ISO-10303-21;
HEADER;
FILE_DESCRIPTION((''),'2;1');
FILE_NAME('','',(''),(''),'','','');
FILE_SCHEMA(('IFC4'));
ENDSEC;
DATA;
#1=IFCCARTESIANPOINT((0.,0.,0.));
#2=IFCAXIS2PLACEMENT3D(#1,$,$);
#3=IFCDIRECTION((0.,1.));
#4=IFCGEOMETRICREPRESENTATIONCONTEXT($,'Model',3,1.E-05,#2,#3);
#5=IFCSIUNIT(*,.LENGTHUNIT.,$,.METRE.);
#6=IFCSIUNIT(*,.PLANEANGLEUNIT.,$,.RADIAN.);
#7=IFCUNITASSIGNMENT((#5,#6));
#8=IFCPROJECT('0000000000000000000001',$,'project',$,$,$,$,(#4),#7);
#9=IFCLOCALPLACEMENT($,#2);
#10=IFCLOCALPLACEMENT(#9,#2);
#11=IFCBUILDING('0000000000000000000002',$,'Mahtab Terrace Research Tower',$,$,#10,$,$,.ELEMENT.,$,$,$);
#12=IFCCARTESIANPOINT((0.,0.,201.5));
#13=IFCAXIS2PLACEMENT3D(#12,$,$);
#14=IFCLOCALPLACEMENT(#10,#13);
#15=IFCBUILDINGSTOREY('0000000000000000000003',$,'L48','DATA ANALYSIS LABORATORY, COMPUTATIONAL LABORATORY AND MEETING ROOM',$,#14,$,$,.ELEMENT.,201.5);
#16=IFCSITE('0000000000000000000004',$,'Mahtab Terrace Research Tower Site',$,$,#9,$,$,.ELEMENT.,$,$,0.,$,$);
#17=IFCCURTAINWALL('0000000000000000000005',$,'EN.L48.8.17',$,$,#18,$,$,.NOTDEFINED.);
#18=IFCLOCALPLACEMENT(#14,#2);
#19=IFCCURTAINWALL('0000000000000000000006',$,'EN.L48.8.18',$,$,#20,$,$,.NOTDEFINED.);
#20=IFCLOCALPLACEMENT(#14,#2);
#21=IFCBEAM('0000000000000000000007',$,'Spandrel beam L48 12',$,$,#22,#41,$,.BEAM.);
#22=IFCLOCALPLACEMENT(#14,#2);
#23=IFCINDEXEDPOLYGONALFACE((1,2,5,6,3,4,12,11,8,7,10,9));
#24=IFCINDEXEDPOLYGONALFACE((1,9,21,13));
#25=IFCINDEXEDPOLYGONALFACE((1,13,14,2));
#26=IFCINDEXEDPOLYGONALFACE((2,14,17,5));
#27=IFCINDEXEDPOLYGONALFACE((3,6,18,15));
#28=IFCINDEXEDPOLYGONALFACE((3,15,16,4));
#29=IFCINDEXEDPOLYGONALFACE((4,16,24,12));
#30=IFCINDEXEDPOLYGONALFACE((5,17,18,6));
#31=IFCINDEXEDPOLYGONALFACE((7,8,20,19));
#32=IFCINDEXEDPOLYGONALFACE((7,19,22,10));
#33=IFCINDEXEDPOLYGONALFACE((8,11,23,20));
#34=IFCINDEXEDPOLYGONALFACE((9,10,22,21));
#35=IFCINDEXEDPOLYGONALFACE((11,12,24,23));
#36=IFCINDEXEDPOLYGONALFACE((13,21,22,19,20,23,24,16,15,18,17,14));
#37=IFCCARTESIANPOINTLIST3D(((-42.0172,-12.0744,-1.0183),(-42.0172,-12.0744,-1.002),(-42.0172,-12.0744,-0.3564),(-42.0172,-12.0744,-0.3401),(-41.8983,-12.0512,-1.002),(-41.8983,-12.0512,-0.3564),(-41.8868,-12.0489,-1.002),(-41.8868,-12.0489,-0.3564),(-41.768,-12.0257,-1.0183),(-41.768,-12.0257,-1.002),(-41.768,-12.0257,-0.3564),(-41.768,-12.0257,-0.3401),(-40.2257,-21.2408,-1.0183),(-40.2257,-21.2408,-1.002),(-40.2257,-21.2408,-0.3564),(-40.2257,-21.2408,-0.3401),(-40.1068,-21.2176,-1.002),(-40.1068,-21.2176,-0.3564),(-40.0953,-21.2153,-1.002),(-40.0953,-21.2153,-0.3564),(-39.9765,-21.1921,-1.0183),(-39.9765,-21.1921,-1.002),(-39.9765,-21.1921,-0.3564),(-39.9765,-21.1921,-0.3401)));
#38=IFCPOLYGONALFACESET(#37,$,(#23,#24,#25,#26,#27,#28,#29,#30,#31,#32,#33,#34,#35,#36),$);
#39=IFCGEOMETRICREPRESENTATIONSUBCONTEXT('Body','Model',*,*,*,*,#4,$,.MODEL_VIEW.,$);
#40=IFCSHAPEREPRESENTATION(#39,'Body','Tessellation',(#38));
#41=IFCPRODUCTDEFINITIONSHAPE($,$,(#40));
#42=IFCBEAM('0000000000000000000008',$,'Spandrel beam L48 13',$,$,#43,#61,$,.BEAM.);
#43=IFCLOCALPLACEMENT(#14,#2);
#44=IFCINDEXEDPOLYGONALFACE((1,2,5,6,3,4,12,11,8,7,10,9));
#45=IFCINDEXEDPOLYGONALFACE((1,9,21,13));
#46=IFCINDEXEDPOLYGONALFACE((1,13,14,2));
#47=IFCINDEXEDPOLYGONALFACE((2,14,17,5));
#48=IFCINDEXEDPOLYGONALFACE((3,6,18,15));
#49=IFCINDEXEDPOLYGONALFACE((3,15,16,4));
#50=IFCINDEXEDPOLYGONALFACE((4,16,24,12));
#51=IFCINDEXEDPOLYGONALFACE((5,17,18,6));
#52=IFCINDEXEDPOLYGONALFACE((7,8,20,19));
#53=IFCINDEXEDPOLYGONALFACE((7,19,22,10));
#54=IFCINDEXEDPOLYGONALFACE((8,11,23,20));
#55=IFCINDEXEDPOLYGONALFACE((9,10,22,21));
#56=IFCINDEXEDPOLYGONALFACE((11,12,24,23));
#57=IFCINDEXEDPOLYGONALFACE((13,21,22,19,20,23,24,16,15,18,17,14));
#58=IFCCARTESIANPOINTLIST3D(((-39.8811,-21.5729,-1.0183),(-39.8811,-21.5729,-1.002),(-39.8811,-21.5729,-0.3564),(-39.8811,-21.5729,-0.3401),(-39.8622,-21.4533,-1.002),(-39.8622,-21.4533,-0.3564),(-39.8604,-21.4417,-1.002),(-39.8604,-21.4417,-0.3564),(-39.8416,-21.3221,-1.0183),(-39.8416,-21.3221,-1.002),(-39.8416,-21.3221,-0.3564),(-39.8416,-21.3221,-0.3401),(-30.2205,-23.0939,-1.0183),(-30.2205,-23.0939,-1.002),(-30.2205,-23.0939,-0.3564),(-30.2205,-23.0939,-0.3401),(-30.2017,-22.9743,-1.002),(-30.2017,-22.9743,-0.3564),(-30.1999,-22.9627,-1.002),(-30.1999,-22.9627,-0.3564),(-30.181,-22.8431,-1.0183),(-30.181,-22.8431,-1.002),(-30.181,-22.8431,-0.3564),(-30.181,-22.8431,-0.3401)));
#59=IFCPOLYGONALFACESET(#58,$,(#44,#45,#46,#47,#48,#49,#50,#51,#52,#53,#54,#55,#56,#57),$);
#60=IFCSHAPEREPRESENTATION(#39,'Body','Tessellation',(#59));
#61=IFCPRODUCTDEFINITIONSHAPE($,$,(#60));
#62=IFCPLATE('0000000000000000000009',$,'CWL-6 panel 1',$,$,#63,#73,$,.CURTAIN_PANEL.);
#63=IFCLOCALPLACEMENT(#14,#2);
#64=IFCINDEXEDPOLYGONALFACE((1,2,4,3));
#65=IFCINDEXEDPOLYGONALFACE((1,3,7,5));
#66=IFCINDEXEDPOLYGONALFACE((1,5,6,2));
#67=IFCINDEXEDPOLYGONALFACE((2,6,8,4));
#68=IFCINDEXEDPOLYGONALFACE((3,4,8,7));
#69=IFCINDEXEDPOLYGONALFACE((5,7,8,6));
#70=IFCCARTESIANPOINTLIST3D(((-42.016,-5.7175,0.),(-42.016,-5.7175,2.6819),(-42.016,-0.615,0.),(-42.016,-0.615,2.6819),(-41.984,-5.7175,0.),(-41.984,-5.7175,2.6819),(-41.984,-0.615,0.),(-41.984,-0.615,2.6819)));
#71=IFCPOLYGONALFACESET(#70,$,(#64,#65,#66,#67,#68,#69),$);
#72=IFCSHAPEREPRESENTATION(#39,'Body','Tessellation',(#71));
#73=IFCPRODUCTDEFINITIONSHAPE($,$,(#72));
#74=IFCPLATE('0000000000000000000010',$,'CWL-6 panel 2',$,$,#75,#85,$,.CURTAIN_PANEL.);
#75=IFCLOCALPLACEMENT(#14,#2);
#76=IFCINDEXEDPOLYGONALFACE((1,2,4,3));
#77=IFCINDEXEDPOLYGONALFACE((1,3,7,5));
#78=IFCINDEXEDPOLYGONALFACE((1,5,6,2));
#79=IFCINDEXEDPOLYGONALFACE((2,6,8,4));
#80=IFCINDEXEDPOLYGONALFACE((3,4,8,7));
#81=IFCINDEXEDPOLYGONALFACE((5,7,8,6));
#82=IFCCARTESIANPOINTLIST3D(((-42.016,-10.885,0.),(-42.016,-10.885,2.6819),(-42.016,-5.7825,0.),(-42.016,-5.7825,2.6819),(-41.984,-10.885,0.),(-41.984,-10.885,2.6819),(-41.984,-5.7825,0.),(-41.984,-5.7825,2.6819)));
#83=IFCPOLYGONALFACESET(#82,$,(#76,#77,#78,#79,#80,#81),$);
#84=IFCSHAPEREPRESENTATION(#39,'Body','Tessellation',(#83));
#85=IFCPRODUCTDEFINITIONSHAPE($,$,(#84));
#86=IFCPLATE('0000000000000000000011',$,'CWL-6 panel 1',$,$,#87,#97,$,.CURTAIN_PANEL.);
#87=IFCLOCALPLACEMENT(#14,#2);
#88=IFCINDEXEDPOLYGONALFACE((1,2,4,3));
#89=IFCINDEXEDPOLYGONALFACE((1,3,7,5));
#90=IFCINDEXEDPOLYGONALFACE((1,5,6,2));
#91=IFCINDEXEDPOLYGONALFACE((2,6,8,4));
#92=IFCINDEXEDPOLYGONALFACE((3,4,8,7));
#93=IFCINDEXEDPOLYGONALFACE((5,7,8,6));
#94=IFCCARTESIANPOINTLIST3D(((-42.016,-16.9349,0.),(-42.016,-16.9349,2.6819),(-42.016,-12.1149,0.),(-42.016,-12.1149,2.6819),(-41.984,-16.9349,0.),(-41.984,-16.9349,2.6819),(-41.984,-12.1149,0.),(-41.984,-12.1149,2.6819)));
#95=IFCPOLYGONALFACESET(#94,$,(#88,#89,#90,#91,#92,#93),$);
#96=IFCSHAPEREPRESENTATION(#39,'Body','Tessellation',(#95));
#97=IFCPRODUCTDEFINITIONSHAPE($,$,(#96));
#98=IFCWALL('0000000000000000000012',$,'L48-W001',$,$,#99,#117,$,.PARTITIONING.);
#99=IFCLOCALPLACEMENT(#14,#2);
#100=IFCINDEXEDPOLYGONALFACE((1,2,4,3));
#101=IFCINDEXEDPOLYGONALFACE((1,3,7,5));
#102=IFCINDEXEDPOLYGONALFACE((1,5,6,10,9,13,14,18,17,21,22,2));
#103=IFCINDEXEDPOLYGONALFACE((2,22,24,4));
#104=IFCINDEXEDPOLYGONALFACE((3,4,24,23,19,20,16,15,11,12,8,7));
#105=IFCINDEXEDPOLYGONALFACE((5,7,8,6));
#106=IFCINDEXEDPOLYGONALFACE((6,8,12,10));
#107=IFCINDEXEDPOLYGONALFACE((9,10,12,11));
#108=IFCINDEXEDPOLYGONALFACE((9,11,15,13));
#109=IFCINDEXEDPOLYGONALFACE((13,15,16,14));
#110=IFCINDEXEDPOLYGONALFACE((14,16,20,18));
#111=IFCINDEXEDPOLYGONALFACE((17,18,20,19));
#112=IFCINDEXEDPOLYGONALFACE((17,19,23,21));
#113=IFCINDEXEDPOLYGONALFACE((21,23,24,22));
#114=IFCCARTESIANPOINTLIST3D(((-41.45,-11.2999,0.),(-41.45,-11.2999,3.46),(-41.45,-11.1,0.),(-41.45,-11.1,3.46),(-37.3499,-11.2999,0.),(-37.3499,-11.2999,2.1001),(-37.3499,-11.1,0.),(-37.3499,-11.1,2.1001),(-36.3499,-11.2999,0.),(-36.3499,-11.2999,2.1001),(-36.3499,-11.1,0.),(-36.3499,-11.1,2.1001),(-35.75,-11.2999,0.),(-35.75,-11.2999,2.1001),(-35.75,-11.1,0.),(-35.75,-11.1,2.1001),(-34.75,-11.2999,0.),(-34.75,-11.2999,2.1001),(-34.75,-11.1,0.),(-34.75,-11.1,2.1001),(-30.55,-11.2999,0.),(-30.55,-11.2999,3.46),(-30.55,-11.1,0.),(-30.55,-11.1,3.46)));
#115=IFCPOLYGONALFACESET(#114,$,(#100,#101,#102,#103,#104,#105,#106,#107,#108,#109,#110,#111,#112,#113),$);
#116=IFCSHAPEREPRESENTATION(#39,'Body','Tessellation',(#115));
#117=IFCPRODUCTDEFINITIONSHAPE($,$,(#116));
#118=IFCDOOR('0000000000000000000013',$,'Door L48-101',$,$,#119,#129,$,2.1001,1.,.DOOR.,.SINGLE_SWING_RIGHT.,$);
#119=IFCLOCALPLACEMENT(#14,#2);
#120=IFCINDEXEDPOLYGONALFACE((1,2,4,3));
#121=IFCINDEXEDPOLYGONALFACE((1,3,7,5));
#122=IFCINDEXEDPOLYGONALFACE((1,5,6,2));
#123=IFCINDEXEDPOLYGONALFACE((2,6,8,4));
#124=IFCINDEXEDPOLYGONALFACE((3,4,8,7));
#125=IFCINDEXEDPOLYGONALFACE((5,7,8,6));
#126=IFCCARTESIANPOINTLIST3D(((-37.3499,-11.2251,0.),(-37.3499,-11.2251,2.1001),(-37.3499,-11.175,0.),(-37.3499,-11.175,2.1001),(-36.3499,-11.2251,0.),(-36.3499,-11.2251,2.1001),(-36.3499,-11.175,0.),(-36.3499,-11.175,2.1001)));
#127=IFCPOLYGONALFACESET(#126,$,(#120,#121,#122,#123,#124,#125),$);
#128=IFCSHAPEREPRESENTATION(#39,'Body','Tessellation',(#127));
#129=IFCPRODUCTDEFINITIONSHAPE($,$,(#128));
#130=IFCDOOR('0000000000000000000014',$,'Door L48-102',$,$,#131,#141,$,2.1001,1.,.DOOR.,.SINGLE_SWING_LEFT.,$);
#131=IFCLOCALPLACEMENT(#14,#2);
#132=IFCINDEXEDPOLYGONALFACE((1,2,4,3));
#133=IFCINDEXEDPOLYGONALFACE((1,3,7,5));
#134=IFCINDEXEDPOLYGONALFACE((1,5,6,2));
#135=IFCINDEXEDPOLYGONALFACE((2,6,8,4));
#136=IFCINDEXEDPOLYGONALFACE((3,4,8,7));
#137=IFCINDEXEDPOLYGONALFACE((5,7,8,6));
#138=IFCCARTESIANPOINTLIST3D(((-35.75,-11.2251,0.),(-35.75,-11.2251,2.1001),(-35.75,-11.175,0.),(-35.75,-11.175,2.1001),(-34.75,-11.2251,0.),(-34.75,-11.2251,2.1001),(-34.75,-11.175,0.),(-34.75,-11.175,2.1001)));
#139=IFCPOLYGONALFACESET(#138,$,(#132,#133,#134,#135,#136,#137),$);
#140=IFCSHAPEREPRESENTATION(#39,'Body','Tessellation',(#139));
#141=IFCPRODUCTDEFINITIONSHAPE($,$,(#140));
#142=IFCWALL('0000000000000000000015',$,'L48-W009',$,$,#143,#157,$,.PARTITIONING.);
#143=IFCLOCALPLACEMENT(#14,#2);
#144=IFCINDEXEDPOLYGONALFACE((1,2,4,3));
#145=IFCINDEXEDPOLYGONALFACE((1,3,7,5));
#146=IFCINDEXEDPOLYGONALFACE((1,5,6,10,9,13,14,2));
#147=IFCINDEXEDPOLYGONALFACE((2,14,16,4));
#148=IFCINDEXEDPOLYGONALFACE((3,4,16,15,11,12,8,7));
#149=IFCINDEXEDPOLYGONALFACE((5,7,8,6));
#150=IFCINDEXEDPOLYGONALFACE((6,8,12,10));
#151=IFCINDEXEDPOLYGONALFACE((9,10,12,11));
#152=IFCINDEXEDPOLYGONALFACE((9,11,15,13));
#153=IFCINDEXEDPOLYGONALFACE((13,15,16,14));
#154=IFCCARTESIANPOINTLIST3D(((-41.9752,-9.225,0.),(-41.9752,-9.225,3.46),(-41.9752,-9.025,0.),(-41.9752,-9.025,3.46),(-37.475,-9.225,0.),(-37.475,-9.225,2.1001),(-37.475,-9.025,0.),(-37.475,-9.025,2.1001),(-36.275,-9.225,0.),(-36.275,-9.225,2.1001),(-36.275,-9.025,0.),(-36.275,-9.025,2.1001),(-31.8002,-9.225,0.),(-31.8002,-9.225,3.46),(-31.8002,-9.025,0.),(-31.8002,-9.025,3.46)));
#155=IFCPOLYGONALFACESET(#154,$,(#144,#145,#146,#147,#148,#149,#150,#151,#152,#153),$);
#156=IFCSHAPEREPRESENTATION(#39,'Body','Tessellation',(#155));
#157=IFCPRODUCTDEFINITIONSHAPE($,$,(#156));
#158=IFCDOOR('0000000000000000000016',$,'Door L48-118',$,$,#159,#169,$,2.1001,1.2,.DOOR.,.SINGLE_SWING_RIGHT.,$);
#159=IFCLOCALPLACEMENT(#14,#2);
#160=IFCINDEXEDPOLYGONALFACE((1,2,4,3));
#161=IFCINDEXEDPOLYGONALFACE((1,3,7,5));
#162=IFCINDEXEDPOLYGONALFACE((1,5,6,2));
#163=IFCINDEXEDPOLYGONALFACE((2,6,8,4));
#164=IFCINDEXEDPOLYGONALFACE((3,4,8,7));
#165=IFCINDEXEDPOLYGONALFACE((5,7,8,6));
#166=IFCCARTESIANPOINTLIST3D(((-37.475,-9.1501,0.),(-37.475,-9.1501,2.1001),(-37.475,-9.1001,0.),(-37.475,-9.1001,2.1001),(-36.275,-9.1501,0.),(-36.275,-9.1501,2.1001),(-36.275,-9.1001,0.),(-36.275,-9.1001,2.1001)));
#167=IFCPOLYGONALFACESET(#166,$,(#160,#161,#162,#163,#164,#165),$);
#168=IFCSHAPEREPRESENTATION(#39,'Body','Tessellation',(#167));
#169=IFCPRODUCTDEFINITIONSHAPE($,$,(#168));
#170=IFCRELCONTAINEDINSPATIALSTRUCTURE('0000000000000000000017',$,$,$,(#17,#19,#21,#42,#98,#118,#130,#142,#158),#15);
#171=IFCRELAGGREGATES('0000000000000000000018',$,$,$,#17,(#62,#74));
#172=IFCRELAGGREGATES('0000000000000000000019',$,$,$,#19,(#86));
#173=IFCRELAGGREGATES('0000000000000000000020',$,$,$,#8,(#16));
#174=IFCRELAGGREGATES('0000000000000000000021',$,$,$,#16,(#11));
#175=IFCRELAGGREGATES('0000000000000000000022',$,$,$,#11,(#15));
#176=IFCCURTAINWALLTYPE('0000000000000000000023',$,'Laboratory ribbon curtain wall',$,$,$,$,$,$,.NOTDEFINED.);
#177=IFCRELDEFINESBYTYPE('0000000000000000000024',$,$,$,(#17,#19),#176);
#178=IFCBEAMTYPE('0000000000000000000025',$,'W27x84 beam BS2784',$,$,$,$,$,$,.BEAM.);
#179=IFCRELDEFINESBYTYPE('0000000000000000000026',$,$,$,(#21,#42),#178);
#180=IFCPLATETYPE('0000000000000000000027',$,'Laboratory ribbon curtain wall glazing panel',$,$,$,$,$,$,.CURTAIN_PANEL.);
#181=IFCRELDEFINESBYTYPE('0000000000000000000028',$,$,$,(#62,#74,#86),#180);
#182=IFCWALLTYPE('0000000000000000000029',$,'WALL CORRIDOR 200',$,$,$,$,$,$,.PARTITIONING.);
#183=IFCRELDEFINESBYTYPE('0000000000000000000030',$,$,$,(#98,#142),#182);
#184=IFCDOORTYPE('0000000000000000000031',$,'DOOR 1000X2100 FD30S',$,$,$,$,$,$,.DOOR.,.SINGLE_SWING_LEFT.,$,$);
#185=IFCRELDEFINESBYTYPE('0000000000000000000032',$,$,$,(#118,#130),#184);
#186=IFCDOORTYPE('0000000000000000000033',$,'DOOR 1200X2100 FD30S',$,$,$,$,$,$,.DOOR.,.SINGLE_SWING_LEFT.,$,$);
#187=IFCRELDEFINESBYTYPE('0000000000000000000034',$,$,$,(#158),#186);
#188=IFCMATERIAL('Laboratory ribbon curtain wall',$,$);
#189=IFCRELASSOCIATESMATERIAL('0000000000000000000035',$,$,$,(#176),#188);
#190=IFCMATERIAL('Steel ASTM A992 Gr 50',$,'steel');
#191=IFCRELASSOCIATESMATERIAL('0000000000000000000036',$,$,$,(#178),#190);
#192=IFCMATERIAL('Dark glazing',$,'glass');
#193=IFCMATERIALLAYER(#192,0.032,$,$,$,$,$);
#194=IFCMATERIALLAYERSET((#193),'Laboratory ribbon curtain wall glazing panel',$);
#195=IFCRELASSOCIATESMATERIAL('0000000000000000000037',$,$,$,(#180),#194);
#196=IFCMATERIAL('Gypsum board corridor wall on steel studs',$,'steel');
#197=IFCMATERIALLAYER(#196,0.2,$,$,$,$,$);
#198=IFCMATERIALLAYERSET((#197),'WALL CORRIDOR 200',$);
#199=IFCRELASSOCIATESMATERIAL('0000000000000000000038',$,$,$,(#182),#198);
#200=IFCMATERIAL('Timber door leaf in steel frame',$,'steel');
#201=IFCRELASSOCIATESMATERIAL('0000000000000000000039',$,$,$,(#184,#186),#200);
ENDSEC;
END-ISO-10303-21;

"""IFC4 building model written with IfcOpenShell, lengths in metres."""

from ifc_helpers import new_model, si_unit, direction, frame, frame_2d, origin, origin_2d, place, context, subcontext, project, spatial, rectangle, i_section, extrude, material, layer, layer_set, material_profile, profile_set, type_object, element, fill, aggregate, save


model = new_model("IFC4")

# Units and contexts
model_context = context("Model", 3, precision=1e-05, world=origin(), true_north=direction((0.0, 1.0)))
body_context = subcontext(model_context, "Body", "Model", "MODEL_VIEW")
ifc_project = project(units=[si_unit("LENGTHUNIT", "METRE"), si_unit("PLANEANGLEUNIT", "RADIAN")], contexts=[model_context])

# Site, building, storey
site_placement = place(None, origin())
site = spatial("IfcSite", under=ifc_project, at=site_placement, Name="Mahtab Terrace Research Tower Site", CompositionType="ELEMENT", RefElevation=0.0)
building_placement = place(site_placement, origin())
building = spatial("IfcBuilding", under=site, at=building_placement, Name="Mahtab Terrace Research Tower", CompositionType="ELEMENT")
storey_placement = place(building_placement, frame((0.0, 0.0, 201.5)))
storey = spatial("IfcBuildingStorey", under=building, at=storey_placement, Name="L48", Description="DATA ANALYSIS LABORATORY, COMPUTATIONAL LABORATORY AND MEETING ROOM", CompositionType="ELEMENT", Elevation=201.5)

# Shared definitions
ifc_material_1 = material(Name="Steel ASTM A992 Gr 50", Category="steel")

# Shared definitions
ifc_material_2 = material(Name="Laboratory ribbon curtain wall")
curtain_wall_type = type_object("IfcCurtainWallType", Name="Laboratory ribbon curtain wall", PredefinedType="NOTDEFINED", material=ifc_material_2)

# Curtain walls
curtain_wall_1_placement = place(storey_placement, origin())
curtain_wall_1 = element("IfcCurtainWall", 1, at=curtain_wall_1_placement, inside=storey, type_object=curtain_wall_type, Name="EN.L48.8.17", PredefinedType="NOTDEFINED")
curtain_wall_2_placement = place(storey_placement, origin())
curtain_wall_2 = element("IfcCurtainWall", 2, at=curtain_wall_2_placement, inside=storey, type_object=curtain_wall_type, Name="EN.L48.8.18", PredefinedType="NOTDEFINED")

# Beams
ifc_material_profile_1 = material_profile(ifc_material_1, i_section(OverallWidth=0.2539, OverallDepth=0.6782, WebThickness=0.0117, FlangeThickness=0.0164, at=origin_2d()), Name="W27X84")
ifc_profile_set_1 = profile_set([ifc_material_profile_1], Name="Steel ASTM A992 Gr 50")
beam_type = type_object("IfcBeamType", Name="W27x84 beam BS2784", PredefinedType="BEAM", material=ifc_profile_set_1)
beam_1_placement = place(storey_placement, frame((-41.8926, -12.05, -0.6792), z_axis=(0.191811, -0.981432, 0.0), x_axis=(0.981432, 0.191811, 0.0)))
element("IfcBeam", 3, at=beam_1_placement, inside=storey, type_object=beam_type, Name="Spandrel beam L48 12", PredefinedType="BEAM", context=body_context, shape_type="SweptSolid", body=[
    extrude(i_section(OverallWidth=0.2539, OverallDepth=0.6782, WebThickness=0.0117, FlangeThickness=0.0164, at=origin_2d()), origin(), (0.0, 0.0, 1.0), 9.3398),
])
beam_2_placement = place(storey_placement, frame((-39.8613, -21.4475, -0.6792), z_axis=(0.987832, -0.155527, 0.0), x_axis=(0.155527, 0.987832, 0.0)))
element("IfcBeam", 4, at=beam_2_placement, inside=storey, type_object=beam_type, Name="Spandrel beam L48 13", PredefinedType="BEAM", context=body_context, shape_type="SweptSolid", body=[
    extrude(i_section(OverallWidth=0.2539, OverallDepth=0.6782, WebThickness=0.0117, FlangeThickness=0.0164, at=origin_2d()), origin(), (0.0, 0.0, 1.0), 9.7795),
])

# Plates
ifc_material_3 = material(Name="Dark glazing", Category="glass")
ifc_layer_1 = layer(ifc_material_3, 0.032)
ifc_layer_set_1 = layer_set([ifc_layer_1], Name="Laboratory ribbon curtain wall glazing panel")
plate_type = type_object("IfcPlateType", Name="Laboratory ribbon curtain wall glazing panel", PredefinedType="CURTAIN_PANEL", material=ifc_layer_set_1)
plate_1_placement = place(storey_placement, frame((-42.0, -3.1663, 0.0), z_axis=(0.0, 0.0, 1.0), x_axis=(0.0, -1.0, 0.0)))
plate_1 = element("IfcPlate", 5, at=plate_1_placement, type_object=plate_type, Name="CWL-6 panel 1", PredefinedType="CURTAIN_PANEL", context=body_context, shape_type="SweptSolid", body=[
    extrude(rectangle(XDim=5.1025, YDim=0.032, at=origin_2d()), origin(), (0.0, 0.0, 1.0), 2.6819),
])
plate_2_placement = place(storey_placement, frame((-42.0, -8.3337, 0.0), z_axis=(0.0, 0.0, 1.0), x_axis=(0.0, -1.0, 0.0)))
plate_2 = element("IfcPlate", 6, at=plate_2_placement, type_object=plate_type, Name="CWL-6 panel 2", PredefinedType="CURTAIN_PANEL", context=body_context, shape_type="SweptSolid", body=[
    extrude(rectangle(XDim=5.1025, YDim=0.032, at=origin_2d()), origin(), (0.0, 0.0, 1.0), 2.6819),
])
aggregate(curtain_wall_1, [plate_1, plate_2])
plate_3_placement = place(storey_placement, frame((-42.0, -14.5249, 0.0), z_axis=(0.0, 0.0, 1.0), x_axis=(0.0, -1.0, 0.0)))
plate_3 = element("IfcPlate", 7, at=plate_3_placement, type_object=plate_type, Name="CWL-6 panel 1", PredefinedType="CURTAIN_PANEL", context=body_context, shape_type="SweptSolid", body=[
    extrude(rectangle(XDim=4.8201, YDim=0.032, at=origin_2d()), origin(), (0.0, 0.0, 1.0), 2.6819),
])
aggregate(curtain_wall_2, [plate_3])

# Wall, openings, doors
ifc_material_4 = material(Name="Gypsum board corridor wall on steel studs", Category="steel")
ifc_layer_2 = layer(ifc_material_4, 0.2)
ifc_layer_set_2 = layer_set([ifc_layer_2], Name="WALL CORRIDOR 200")
wall_type_1 = type_object("IfcWallType", Name="WALL CORRIDOR 200", PredefinedType="PARTITIONING", material=ifc_layer_set_2)
wall_1_placement = place(storey_placement, frame((-41.45, -11.2, 0.0), z_axis=(0.0, 0.0, 1.0), x_axis=(1.0, 0.0, 0.0)))
wall_1 = element("IfcWall", 8, at=wall_1_placement, inside=storey, type_object=wall_type_1, Name="L48-W001", PredefinedType="PARTITIONING", context=body_context, shape_type="SweptSolid", body=[
    extrude(rectangle(XDim=10.8999, YDim=0.2, at=frame_2d((5.45, 0.0))), origin(), (0.0, 0.0, 1.0), 3.46),
])
opening_1_placement = place(wall_1_placement, frame((4.1001, 0.0, 0.0)))
opening_1 = element("IfcOpeningElement", 9, at=opening_1_placement, cuts=wall_1, PredefinedType="OPENING", context=body_context, shape_type="SweptSolid", body=[
    extrude(rectangle(XDim=1.0, YDim=2.1001, at=frame_2d((0.5, 1.05))), frame((0.0, 0.1099, 0.0), z_axis=(0.0, -1.0, 0.0), x_axis=(1.0, 0.0, 0.0)), (0.0, 0.0, 1.0), 0.22),
])
opening_2_placement = place(wall_1_placement, frame((5.7, 0.0, 0.0)))
opening_2 = element("IfcOpeningElement", 10, at=opening_2_placement, cuts=wall_1, PredefinedType="OPENING", context=body_context, shape_type="SweptSolid", body=[
    extrude(rectangle(XDim=1.0, YDim=2.1001, at=frame_2d((0.5, 1.05))), frame((0.0, 0.1099, 0.0), z_axis=(0.0, -1.0, 0.0), x_axis=(1.0, 0.0, 0.0)), (0.0, 0.0, 1.0), 0.22),
])
ifc_material_5 = material(Name="Timber door leaf in steel frame", Category="steel")
door_type_1 = type_object("IfcDoorType", Name="DOOR 1000X2100 FD30S", OperationType="SINGLE_SWING_LEFT", PredefinedType="DOOR", material=ifc_material_5)
door_1_placement = place(opening_1_placement, origin())
door_1 = element("IfcDoor", 11, at=door_1_placement, inside=storey, type_object=door_type_1, Name="Door L48-101", OperationType="SINGLE_SWING_RIGHT", OverallHeight=2.1001, OverallWidth=1.0, PredefinedType="DOOR", context=body_context, shape_type="SweptSolid", body=[
    extrude(rectangle(XDim=1.0, YDim=2.1001, at=frame_2d((0.5, 1.05))), frame((0.0, 0.0249, 0.0), z_axis=(0.0, -1.0, 0.0), x_axis=(1.0, 0.0, 0.0)), (0.0, 0.0, 1.0), 0.05),
])
fill(opening_1, door_1)
door_2_placement = place(opening_2_placement, origin())
door_2 = element("IfcDoor", 12, at=door_2_placement, inside=storey, type_object=door_type_1, Name="Door L48-102", OperationType="SINGLE_SWING_LEFT", OverallHeight=2.1001, OverallWidth=1.0, PredefinedType="DOOR", context=body_context, shape_type="SweptSolid", body=[
    extrude(rectangle(XDim=1.0, YDim=2.1001, at=frame_2d((0.5, 1.05))), frame((0.0, 0.0249, 0.0), z_axis=(0.0, -1.0, 0.0), x_axis=(1.0, 0.0, 0.0)), (0.0, 0.0, 1.0), 0.05),
])
fill(opening_2, door_2)

# Wall, opening, door
wall_2_placement = place(storey_placement, frame((-41.9751, -9.125, 0.0), z_axis=(0.0, 0.0, 1.0), x_axis=(1.0, 0.0, 0.0)))
wall_2 = element("IfcWall", 13, at=wall_2_placement, inside=storey, type_object=wall_type_1, Name="L48-W009", PredefinedType="PARTITIONING", context=body_context, shape_type="SweptSolid", body=[
    extrude(rectangle(XDim=10.175, YDim=0.2, at=frame_2d((5.0874, 0.0))), origin(), (0.0, 0.0, 1.0), 3.46),
])
opening_3_placement = place(wall_2_placement, frame((4.5, 0.0, 0.0)))
opening_3 = element("IfcOpeningElement", 14, at=opening_3_placement, cuts=wall_2, PredefinedType="OPENING", context=body_context, shape_type="SweptSolid", body=[
    extrude(rectangle(XDim=1.2, YDim=2.1001, at=frame_2d((0.6001, 1.05))), frame((0.0, 0.1099, 0.0), z_axis=(0.0, -1.0, 0.0), x_axis=(1.0, 0.0, 0.0)), (0.0, 0.0, 1.0), 0.22),
])
door_type_2 = type_object("IfcDoorType", Name="DOOR 1200X2100 FD30S", OperationType="SINGLE_SWING_LEFT", PredefinedType="DOOR", material=ifc_material_5)
door_3_placement = place(opening_3_placement, origin())
door_3 = element("IfcDoor", 15, at=door_3_placement, inside=storey, type_object=door_type_2, Name="Door L48-118", OperationType="SINGLE_SWING_RIGHT", OverallHeight=2.1001, OverallWidth=1.2, PredefinedType="DOOR", context=body_context, shape_type="SweptSolid", body=[
    extrude(rectangle(XDim=1.2, YDim=2.1001, at=frame_2d((0.6001, 1.05))), frame((0.0, 0.0249, 0.0), z_axis=(0.0, -1.0, 0.0), x_axis=(1.0, 0.0, 0.0)), (0.0, 0.0, 1.0), 0.05),
])
fill(opening_3, door_3)

save(model, "model.ifc")
